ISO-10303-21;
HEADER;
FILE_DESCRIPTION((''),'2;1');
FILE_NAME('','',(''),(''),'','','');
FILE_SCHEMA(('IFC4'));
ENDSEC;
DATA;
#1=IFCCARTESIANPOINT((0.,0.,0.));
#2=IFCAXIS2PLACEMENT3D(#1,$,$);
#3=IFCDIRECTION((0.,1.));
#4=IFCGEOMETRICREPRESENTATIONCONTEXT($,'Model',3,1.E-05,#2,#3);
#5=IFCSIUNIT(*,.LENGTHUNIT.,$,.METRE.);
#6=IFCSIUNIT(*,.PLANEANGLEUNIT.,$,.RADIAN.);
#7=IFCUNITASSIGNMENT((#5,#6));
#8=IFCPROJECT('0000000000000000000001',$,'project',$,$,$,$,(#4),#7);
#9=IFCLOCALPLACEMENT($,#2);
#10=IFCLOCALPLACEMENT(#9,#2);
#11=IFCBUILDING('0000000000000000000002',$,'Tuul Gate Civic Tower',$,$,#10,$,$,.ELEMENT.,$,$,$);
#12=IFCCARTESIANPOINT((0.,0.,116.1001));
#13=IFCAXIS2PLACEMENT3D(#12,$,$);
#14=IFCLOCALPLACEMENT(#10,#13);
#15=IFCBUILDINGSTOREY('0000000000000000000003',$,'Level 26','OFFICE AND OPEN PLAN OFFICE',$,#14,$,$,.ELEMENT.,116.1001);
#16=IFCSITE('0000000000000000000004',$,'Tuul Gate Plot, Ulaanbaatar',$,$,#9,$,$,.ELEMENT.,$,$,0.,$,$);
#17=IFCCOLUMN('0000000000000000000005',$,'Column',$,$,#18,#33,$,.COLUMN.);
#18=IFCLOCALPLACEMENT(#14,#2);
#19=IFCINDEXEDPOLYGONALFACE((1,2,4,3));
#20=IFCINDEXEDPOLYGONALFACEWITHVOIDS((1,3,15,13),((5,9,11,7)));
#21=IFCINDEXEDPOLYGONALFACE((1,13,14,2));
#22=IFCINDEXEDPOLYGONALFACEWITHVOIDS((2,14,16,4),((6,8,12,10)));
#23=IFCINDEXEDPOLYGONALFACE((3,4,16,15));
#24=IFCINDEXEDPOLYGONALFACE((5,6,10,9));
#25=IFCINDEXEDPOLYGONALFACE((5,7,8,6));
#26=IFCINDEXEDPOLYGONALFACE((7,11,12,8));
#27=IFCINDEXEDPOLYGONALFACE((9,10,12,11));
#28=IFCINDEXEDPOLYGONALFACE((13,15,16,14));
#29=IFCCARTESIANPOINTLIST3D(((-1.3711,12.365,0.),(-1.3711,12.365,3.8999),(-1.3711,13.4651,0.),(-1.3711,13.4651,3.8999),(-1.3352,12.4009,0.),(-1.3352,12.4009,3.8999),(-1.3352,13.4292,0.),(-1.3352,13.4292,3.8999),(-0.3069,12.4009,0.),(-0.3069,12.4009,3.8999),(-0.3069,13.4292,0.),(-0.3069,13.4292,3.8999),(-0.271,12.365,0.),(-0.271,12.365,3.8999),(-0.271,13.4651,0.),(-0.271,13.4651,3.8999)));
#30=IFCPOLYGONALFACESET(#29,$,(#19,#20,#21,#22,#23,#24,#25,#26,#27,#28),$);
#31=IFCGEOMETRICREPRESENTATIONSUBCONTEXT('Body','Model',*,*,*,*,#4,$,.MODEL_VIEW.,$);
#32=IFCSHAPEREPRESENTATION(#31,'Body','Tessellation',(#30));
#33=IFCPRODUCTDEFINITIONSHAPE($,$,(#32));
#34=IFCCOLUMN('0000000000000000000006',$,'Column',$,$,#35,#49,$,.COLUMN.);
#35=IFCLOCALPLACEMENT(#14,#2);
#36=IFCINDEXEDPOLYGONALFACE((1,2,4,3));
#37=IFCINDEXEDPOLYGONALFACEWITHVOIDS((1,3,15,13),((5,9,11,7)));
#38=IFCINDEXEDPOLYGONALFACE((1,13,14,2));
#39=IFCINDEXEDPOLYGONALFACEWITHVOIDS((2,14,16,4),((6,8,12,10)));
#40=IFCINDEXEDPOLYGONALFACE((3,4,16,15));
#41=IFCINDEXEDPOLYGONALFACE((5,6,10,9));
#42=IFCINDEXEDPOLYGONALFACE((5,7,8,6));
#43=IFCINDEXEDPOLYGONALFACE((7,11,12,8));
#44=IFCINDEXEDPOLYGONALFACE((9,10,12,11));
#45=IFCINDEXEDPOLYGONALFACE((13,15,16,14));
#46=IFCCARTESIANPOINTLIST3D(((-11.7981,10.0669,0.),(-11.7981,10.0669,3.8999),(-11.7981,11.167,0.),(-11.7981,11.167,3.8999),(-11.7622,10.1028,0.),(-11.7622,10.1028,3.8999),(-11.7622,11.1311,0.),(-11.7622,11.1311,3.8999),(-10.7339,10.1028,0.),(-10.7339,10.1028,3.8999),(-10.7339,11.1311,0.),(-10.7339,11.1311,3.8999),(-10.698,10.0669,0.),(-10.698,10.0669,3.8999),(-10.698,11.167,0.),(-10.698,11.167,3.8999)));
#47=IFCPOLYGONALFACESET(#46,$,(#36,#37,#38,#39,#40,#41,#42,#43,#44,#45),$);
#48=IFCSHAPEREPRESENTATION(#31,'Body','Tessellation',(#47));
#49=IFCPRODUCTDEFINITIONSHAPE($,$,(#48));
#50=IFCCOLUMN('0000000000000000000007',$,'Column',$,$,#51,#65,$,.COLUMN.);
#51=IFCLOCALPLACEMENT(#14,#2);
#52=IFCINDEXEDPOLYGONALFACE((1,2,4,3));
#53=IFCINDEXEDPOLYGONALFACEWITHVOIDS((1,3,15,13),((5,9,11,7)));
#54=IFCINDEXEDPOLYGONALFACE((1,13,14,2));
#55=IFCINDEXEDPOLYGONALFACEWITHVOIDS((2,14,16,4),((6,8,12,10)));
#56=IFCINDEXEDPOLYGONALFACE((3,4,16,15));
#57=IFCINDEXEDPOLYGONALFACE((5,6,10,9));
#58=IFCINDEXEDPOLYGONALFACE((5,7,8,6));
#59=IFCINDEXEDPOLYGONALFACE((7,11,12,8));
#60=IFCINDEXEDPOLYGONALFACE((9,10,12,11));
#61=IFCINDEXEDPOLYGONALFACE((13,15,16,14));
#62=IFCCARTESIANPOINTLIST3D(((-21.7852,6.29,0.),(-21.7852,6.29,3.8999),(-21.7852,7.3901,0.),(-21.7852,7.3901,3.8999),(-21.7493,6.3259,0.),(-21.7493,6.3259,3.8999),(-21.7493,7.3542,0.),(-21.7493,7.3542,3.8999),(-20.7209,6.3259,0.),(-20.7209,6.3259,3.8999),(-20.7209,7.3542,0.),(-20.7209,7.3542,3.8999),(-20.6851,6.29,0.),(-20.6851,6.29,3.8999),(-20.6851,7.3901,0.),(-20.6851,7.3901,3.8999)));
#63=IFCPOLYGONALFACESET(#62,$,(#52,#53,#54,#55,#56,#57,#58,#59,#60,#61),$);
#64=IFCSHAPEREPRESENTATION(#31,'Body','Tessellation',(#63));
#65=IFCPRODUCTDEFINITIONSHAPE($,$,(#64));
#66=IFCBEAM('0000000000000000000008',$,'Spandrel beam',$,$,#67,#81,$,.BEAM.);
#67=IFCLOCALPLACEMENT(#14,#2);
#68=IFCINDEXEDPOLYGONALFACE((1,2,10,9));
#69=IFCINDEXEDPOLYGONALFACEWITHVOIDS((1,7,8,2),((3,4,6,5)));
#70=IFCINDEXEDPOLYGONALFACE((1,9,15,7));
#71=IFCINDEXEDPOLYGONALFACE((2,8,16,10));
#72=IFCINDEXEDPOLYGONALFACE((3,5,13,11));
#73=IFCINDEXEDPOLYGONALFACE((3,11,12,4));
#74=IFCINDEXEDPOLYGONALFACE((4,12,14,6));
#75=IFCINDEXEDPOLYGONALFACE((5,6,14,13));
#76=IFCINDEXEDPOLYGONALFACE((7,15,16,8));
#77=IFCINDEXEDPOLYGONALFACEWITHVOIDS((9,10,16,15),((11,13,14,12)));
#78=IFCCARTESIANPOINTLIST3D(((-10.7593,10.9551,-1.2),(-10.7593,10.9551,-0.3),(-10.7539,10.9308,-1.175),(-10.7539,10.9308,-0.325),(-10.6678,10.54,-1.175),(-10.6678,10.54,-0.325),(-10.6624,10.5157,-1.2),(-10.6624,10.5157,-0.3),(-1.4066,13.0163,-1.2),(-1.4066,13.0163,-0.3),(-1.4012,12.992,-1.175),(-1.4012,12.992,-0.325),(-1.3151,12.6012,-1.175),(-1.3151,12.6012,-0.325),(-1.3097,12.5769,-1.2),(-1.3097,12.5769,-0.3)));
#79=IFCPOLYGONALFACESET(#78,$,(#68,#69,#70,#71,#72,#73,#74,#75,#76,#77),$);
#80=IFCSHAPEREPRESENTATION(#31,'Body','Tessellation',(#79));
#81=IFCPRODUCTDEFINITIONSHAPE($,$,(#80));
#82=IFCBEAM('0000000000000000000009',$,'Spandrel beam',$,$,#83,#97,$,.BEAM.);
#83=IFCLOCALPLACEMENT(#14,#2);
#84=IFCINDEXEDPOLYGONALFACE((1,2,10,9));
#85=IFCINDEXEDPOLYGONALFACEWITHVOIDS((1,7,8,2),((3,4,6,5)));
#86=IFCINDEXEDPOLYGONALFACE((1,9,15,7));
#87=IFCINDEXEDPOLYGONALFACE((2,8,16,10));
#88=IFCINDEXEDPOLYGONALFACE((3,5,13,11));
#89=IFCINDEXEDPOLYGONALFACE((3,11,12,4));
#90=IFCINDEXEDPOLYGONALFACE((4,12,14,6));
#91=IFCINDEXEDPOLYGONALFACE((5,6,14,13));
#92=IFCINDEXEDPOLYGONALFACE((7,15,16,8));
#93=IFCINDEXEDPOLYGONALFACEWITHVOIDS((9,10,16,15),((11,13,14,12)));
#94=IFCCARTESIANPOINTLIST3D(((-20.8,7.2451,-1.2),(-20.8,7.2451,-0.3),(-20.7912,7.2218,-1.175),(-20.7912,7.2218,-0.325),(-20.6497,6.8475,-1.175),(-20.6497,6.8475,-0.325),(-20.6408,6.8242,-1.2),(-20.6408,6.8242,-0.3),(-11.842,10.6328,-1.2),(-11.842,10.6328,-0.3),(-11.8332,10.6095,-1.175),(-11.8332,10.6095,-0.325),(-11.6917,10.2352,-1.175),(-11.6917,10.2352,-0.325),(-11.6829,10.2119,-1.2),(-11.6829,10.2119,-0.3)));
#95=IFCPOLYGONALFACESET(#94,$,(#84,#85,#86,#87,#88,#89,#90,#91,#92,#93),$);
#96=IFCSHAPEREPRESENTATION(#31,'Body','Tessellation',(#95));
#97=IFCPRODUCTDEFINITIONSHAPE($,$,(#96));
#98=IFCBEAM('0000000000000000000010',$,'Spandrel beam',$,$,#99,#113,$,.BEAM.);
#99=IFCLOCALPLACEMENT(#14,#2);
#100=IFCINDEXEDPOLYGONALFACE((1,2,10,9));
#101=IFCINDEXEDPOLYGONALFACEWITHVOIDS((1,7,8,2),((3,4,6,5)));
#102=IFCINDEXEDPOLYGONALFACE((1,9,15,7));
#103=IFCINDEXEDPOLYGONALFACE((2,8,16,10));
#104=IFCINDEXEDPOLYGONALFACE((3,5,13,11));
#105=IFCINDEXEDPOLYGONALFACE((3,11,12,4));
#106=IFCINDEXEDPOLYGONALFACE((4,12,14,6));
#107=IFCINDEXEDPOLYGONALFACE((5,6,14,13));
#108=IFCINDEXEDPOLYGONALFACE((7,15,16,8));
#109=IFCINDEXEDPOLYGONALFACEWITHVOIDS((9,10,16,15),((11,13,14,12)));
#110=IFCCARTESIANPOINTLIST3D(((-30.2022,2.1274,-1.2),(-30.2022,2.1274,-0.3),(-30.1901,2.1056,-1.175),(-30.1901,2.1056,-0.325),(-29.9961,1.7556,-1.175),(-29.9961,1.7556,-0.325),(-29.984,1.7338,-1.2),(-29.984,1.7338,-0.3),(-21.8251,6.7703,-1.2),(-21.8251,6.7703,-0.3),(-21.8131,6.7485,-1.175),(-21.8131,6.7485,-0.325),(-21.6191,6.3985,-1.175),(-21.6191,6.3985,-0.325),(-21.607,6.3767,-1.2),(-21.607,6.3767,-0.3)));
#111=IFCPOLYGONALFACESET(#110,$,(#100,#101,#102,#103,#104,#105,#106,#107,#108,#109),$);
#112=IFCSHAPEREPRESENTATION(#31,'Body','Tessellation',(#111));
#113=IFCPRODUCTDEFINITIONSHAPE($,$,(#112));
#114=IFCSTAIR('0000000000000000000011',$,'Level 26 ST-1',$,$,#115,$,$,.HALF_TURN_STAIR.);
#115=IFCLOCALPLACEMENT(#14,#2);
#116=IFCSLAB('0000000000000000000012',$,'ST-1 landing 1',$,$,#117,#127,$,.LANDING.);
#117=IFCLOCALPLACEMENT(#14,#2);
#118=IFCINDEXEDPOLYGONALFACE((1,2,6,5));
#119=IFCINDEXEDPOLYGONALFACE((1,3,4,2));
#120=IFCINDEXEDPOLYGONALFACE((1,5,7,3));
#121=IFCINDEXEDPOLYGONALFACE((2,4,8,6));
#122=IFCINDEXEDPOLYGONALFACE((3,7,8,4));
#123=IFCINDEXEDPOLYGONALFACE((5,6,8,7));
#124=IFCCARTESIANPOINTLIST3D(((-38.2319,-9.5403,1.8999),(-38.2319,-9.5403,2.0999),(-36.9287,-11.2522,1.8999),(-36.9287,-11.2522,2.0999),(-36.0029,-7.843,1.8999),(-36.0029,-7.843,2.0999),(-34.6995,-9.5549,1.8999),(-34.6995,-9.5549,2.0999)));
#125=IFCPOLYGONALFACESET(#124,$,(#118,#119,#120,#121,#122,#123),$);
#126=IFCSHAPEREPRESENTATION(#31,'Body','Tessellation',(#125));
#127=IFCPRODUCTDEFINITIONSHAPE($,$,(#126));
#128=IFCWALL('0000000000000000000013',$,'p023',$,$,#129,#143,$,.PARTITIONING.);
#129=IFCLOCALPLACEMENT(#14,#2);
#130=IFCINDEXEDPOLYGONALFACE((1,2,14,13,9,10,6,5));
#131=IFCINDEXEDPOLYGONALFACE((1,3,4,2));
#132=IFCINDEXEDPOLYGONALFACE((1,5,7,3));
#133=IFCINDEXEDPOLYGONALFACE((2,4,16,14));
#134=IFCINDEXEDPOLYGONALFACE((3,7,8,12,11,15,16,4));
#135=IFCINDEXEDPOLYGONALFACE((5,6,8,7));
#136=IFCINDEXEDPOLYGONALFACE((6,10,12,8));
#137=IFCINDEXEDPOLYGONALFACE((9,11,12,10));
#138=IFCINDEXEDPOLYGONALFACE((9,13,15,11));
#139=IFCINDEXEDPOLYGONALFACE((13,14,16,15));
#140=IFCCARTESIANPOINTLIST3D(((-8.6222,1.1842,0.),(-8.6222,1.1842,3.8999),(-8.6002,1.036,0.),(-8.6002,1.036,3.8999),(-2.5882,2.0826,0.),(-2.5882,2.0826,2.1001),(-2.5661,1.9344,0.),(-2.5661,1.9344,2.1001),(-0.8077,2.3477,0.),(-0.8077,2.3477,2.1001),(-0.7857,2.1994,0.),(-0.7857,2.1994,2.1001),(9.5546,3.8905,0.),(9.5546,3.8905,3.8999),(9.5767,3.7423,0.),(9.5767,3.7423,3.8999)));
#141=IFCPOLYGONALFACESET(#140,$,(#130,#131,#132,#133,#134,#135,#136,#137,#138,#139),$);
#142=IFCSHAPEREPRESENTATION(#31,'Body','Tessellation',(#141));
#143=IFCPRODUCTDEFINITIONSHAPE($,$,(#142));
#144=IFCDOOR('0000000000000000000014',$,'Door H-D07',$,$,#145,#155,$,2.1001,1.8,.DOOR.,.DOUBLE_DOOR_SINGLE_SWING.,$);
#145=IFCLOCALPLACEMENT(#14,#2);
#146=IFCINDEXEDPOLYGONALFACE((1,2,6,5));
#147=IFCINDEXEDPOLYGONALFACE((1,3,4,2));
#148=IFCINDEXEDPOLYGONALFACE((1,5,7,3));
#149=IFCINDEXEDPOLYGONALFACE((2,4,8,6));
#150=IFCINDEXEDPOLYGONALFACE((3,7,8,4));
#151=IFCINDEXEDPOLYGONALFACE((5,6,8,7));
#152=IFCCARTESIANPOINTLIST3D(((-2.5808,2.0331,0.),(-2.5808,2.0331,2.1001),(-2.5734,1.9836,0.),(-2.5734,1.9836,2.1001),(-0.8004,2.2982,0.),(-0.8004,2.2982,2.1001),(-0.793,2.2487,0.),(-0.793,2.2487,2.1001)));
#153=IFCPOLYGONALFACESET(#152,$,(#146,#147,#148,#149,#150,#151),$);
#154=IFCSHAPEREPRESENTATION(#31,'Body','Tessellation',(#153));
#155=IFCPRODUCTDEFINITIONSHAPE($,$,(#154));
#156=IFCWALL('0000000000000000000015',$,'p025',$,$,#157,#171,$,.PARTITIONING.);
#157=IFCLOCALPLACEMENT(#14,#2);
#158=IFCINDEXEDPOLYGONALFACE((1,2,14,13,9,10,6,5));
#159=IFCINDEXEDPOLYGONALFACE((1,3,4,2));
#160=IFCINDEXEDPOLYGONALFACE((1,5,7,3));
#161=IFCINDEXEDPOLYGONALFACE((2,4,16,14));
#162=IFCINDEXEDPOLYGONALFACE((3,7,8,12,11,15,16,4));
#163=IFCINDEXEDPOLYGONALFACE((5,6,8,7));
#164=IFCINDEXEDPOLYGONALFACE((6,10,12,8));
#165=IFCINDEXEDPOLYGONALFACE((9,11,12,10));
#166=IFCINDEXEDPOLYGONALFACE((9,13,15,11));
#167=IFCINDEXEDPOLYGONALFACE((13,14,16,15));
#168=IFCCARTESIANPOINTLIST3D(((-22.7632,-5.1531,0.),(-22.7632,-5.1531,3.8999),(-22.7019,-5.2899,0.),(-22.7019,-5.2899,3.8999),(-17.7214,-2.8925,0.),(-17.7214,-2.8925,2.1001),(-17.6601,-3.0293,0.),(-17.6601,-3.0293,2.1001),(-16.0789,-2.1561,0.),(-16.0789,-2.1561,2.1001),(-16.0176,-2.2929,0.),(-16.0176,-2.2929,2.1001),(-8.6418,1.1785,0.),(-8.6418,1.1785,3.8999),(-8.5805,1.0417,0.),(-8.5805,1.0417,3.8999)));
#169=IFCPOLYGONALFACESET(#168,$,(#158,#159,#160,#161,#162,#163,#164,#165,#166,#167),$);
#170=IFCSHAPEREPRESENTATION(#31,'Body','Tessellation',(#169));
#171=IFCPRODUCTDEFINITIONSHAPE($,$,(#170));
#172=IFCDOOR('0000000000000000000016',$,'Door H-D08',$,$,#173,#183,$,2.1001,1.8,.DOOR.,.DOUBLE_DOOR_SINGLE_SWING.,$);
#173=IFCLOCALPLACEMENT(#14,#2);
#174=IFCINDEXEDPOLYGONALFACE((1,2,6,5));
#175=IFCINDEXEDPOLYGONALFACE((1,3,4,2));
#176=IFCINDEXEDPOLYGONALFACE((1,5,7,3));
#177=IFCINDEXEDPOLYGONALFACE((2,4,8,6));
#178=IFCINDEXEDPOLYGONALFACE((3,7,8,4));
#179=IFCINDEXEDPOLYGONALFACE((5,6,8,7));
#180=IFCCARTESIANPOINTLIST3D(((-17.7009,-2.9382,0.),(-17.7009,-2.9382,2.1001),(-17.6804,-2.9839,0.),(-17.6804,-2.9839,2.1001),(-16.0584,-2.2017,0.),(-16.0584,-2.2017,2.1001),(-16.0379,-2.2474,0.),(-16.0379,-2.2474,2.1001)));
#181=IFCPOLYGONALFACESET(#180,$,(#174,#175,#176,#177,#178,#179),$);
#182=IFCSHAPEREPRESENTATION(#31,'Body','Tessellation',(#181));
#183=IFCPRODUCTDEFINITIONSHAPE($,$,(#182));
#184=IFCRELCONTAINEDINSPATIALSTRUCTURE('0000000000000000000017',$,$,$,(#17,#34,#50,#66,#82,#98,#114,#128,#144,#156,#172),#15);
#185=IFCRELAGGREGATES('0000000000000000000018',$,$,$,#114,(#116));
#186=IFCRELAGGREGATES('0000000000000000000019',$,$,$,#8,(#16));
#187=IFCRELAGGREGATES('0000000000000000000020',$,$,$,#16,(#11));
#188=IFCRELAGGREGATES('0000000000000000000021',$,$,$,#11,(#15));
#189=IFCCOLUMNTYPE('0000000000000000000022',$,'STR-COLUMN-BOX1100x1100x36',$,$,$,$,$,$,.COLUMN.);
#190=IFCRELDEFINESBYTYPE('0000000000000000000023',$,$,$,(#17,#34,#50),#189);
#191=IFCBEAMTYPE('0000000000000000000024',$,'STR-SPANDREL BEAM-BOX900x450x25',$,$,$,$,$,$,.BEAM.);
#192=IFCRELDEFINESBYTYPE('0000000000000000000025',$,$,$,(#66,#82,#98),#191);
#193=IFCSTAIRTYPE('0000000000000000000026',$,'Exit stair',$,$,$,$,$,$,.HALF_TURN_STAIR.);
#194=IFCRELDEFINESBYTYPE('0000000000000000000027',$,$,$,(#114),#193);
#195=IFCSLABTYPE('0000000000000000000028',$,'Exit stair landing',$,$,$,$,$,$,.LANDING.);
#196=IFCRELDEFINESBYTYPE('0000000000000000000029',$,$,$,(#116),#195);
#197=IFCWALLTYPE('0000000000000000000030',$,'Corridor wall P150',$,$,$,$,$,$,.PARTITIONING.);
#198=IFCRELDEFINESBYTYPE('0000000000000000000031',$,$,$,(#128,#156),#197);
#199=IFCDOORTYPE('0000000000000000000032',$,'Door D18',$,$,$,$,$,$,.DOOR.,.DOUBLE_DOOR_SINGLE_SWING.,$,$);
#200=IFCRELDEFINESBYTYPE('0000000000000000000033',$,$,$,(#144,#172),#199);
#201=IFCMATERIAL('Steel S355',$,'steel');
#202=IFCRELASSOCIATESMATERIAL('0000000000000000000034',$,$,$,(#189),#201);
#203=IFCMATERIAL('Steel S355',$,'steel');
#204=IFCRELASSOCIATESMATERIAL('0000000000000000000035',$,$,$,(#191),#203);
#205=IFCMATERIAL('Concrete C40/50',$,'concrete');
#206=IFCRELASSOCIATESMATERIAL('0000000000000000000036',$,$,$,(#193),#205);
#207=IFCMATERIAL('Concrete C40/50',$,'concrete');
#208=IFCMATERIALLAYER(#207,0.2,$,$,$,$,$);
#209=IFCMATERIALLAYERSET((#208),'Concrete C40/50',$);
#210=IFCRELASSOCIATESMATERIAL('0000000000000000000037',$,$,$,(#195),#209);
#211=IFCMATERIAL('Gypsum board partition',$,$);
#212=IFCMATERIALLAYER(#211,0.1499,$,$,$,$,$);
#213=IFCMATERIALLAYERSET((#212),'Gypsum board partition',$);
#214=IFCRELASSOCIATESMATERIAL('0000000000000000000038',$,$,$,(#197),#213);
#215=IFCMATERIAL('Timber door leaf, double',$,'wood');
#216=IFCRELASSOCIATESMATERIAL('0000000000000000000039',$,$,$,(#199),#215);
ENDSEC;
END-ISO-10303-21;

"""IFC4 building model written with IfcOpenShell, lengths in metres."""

from ifc_helpers import new_model, si_unit, direction, frame, frame_2d, origin, origin_2d, place, context, subcontext, project, spatial, polyline, rectangle, hollow_rectangle, outline, extrude, material, layer, layer_set, material_profile, profile_set, type_object, element, fill, aggregate, save


model = new_model("IFC4")

# Units and contexts
model_context = context("Model", 3, precision=1e-05, world=origin(), true_north=direction((0.0, 1.0)))
body_context = subcontext(model_context, "Body", "Model", "MODEL_VIEW")
ifc_project = project(units=[si_unit("LENGTHUNIT", "METRE"), si_unit("PLANEANGLEUNIT", "RADIAN")], contexts=[model_context])

# Site, building, storey
site_placement = place(None, origin())
site = spatial("IfcSite", under=ifc_project, at=site_placement, Name="Tuul Gate Plot, Ulaanbaatar", CompositionType="ELEMENT", RefElevation=0.0)
building_placement = place(site_placement, origin())
building = spatial("IfcBuilding", under=site, at=building_placement, Name="Tuul Gate Civic Tower", CompositionType="ELEMENT")
storey_placement = place(building_placement, frame((0.0, 0.0, 116.1001)))
storey = spatial("IfcBuildingStorey", under=building, at=storey_placement, Name="Level 26", Description="OFFICE AND OPEN PLAN OFFICE", CompositionType="ELEMENT", Elevation=116.1001)

# Columns
ifc_material_1 = material(Name="Steel S355", Category="steel")
ifc_material_profile_1 = material_profile(ifc_material_1, hollow_rectangle(XDim=1.1001, YDim=1.1001, WallThickness=0.0359, at=origin_2d()), Name="BOX1100x1100x36")
ifc_profile_set_1 = profile_set([ifc_material_profile_1], Name="Steel S355")
column_type = type_object("IfcColumnType", Name="STR-COLUMN-BOX1100x1100x36", PredefinedType="COLUMN", material=ifc_profile_set_1)
for number, where, z_axis, x_axis, name in (
    (1, (-0.821, 12.915, 0.0), (0.0, 0.0, 1.0), (1.0, 0.0, 0.0), "Column"),
    (2, (-11.248, 10.6169, 0.0), (0.0, 0.0, 1.0), (1.0, 0.0, 0.0), "Column"),
    (3, (-21.2351, 6.8401, 0.0), (0.0, 0.0, 1.0), (1.0, 0.0, 0.0), "Column"),
):
    element("IfcColumn", number, at=place(storey_placement, frame(where, z_axis=z_axis, x_axis=x_axis)), inside=storey, type_object=column_type, Name=name, PredefinedType="COLUMN", context=body_context, shape_type="SweptSolid", body=[
        extrude(hollow_rectangle(XDim=1.1001, YDim=1.1001, WallThickness=0.0359, at=origin_2d()), origin(), (0.0, 0.0, 1.0), 3.8999),
    ])

# Beams
ifc_material_2 = material(Name="Steel S355", Category="steel")
ifc_material_profile_2 = material_profile(ifc_material_2, hollow_rectangle(XDim=0.45, YDim=0.8999, WallThickness=0.0249, at=origin_2d()), Name="BOX900x450x25")
ifc_profile_set_2 = profile_set([ifc_material_profile_2], Name="Steel S355")
beam_type = type_object("IfcBeamType", Name="STR-SPANDREL BEAM-BOX900x450x25", PredefinedType="BEAM", material=ifc_profile_set_2)
for number, where, z_axis, x_axis, name in (
    (4, (-1.3582, 12.7966, -0.75), (-0.976564, -0.215227, 0.0), (0.215227, -0.976564, 0.0), "Spandrel beam"),
    (5, (-11.7625, 10.4224, -0.75), (-0.935349, -0.353726, 0.0), (0.353726, -0.935349, 0.0), "Spandrel beam"),
):
    element("IfcBeam", number, at=place(storey_placement, frame(where, z_axis=z_axis, x_axis=x_axis)), inside=storey, type_object=beam_type, Name=name, PredefinedType="BEAM", context=body_context, shape_type="SweptSolid", body=[
        extrude(hollow_rectangle(XDim=0.45, YDim=0.8999, WallThickness=0.0249, at=origin_2d()), origin(), (0.0, 0.0, 1.0), 9.5771),
    ])
beam_placement = place(storey_placement, frame((-21.7161, 6.5735, -0.75), z_axis=(-0.874646, -0.484762, 0.0), x_axis=(0.484762, -0.874646, 0.0)))
element("IfcBeam", 6, at=beam_placement, inside=storey, type_object=beam_type, Name="Spandrel beam", PredefinedType="BEAM", context=body_context, shape_type="SweptSolid", body=[
    extrude(hollow_rectangle(XDim=0.45, YDim=0.8999, WallThickness=0.0249, at=origin_2d()), origin(), (0.0, 0.0, 1.0), 9.5776),
])

# Stair, slab
ifc_material_3 = material(Name="Concrete C40/50", Category="concrete")
stair_type = type_object("IfcStairType", Name="Exit stair", PredefinedType="HALF_TURN_STAIR", material=ifc_material_3)
stair_placement = place(storey_placement, origin())
stair = element("IfcStair", 7, at=stair_placement, inside=storey, type_object=stair_type, Name="Level 26 ST-1", PredefinedType="HALF_TURN_STAIR")
ifc_material_4 = material(Name="Concrete C40/50", Category="concrete")
ifc_layer_1 = layer(ifc_material_4, 0.2)
ifc_layer_set_1 = layer_set([ifc_layer_1], Name="Concrete C40/50")
slab_type = type_object("IfcSlabType", Name="Exit stair landing", PredefinedType="LANDING", material=ifc_layer_set_1)
slab_placement = place(storey_placement, frame((0.0, 0.0, 1.8999)))
slab = element("IfcSlab", 8, at=slab_placement, type_object=slab_type, Name="ST-1 landing 1", PredefinedType="LANDING", context=body_context, shape_type="SweptSolid", body=[
    extrude(outline(polyline([(-34.6995, -9.5549), (-36.9287, -11.2522), (-38.2319, -9.5403), (-36.0029, -7.843), (-34.6995, -9.5549)])), origin(), (0.0, 0.0, 1.0), 0.2),
])
aggregate(stair, [slab])

# Walls, openings, doors
ifc_material_5 = material(Name="Gypsum board partition")
ifc_layer_2 = layer(ifc_material_5, 0.1499)
ifc_layer_set_2 = layer_set([ifc_layer_2], Name="Gypsum board partition")
wall_type_1 = type_object("IfcWallType", Name="Corridor wall P150", PredefinedType="PARTITIONING", material=ifc_layer_set_2)
wall_1_placement = place(storey_placement, frame((-8.6111, 1.1101, 0.0), z_axis=(0.0, 0.0, 1.0), x_axis=(0.989097, 0.147265, 0.0)))
wall_1 = element("IfcWall", 9, at=wall_1_placement, inside=storey, type_object=wall_type_1, Name="p023", PredefinedType="PARTITIONING", context=body_context, shape_type="SweptSolid", body=[
    extrude(rectangle(XDim=18.3772, YDim=0.1499, at=frame_2d((9.1885, 0.0))), origin(), (0.0, 0.0, 1.0), 3.8999),
])
opening_1_placement = place(wall_1_placement, frame((6.1006, 0.0, 0.0)))
opening_1 = element("IfcOpeningElement", 10, at=opening_1_placement, cuts=wall_1, PredefinedType="OPENING", context=body_context, shape_type="SweptSolid", body=[
    extrude(rectangle(XDim=1.8, YDim=2.1001, at=frame_2d((0.8999, 1.05))), frame((0.0, 0.085, 0.0), z_axis=(0.0, -1.0, 0.0), x_axis=(1.0, 0.0, 0.0)), (0.0, 0.0, 1.0), 0.1699),
])
ifc_material_6 = material(Name="Timber door leaf, double", Category="wood")
door_type = type_object("IfcDoorType", Name="Door D18", OperationType="DOUBLE_DOOR_SINGLE_SWING", PredefinedType="DOOR", material=ifc_material_6)
door_1_placement = place(opening_1_placement, origin())
door_1 = element("IfcDoor", 11, at=door_1_placement, inside=storey, type_object=door_type, Name="Door H-D07", OperationType="DOUBLE_DOOR_SINGLE_SWING", OverallHeight=2.1001, OverallWidth=1.8, PredefinedType="DOOR", context=body_context, shape_type="SweptSolid", body=[
    extrude(rectangle(XDim=1.8, YDim=2.1001, at=frame_2d((0.8999, 1.05))), frame((0.0, 0.0249, 0.0), z_axis=(0.0, -1.0, 0.0), x_axis=(1.0, 0.0, 0.0)), (0.0, 0.0, 1.0), 0.05),
])
fill(opening_1, door_1)
wall_2_placement = place(storey_placement, frame((-22.7324, -5.2214, 0.0), z_axis=(0.0, 0.0, 1.0), x_axis=(0.912478, 0.409125, 0.0)))
wall_2 = element("IfcWall", 12, at=wall_2_placement, inside=storey, type_object=wall_type_1, Name="p025", PredefinedType="PARTITIONING", context=body_context, shape_type="SweptSolid", body=[
    extrude(rectangle(XDim=15.4758, YDim=0.1499, at=frame_2d((7.7378, 0.0))), origin(), (0.0, 0.0, 1.0), 3.8999),
])
opening_2_placement = place(wall_2_placement, frame((5.5254, 0.0, 0.0)))
opening_2 = element("IfcOpeningElement", 13, at=opening_2_placement, cuts=wall_2, PredefinedType="OPENING", context=body_context, shape_type="SweptSolid", body=[
    extrude(rectangle(XDim=1.8, YDim=2.1001, at=frame_2d((0.8999, 1.05))), frame((0.0, 0.085, 0.0), z_axis=(0.0, -1.0, 0.0), x_axis=(1.0, 0.0, 0.0)), (0.0, 0.0, 1.0), 0.1699),
])
door_2_placement = place(opening_2_placement, origin())
door_2 = element("IfcDoor", 14, at=door_2_placement, inside=storey, type_object=door_type, Name="Door H-D08", OperationType="DOUBLE_DOOR_SINGLE_SWING", OverallHeight=2.1001, OverallWidth=1.8, PredefinedType="DOOR", context=body_context, shape_type="SweptSolid", body=[
    extrude(rectangle(XDim=1.8, YDim=2.1001, at=frame_2d((0.8999, 1.05))), frame((0.0, 0.0249, 0.0), z_axis=(0.0, -1.0, 0.0), x_axis=(1.0, 0.0, 0.0)), (0.0, 0.0, 1.0), 0.05),
])
fill(opening_2, door_2)

save(model, "model.ifc")
